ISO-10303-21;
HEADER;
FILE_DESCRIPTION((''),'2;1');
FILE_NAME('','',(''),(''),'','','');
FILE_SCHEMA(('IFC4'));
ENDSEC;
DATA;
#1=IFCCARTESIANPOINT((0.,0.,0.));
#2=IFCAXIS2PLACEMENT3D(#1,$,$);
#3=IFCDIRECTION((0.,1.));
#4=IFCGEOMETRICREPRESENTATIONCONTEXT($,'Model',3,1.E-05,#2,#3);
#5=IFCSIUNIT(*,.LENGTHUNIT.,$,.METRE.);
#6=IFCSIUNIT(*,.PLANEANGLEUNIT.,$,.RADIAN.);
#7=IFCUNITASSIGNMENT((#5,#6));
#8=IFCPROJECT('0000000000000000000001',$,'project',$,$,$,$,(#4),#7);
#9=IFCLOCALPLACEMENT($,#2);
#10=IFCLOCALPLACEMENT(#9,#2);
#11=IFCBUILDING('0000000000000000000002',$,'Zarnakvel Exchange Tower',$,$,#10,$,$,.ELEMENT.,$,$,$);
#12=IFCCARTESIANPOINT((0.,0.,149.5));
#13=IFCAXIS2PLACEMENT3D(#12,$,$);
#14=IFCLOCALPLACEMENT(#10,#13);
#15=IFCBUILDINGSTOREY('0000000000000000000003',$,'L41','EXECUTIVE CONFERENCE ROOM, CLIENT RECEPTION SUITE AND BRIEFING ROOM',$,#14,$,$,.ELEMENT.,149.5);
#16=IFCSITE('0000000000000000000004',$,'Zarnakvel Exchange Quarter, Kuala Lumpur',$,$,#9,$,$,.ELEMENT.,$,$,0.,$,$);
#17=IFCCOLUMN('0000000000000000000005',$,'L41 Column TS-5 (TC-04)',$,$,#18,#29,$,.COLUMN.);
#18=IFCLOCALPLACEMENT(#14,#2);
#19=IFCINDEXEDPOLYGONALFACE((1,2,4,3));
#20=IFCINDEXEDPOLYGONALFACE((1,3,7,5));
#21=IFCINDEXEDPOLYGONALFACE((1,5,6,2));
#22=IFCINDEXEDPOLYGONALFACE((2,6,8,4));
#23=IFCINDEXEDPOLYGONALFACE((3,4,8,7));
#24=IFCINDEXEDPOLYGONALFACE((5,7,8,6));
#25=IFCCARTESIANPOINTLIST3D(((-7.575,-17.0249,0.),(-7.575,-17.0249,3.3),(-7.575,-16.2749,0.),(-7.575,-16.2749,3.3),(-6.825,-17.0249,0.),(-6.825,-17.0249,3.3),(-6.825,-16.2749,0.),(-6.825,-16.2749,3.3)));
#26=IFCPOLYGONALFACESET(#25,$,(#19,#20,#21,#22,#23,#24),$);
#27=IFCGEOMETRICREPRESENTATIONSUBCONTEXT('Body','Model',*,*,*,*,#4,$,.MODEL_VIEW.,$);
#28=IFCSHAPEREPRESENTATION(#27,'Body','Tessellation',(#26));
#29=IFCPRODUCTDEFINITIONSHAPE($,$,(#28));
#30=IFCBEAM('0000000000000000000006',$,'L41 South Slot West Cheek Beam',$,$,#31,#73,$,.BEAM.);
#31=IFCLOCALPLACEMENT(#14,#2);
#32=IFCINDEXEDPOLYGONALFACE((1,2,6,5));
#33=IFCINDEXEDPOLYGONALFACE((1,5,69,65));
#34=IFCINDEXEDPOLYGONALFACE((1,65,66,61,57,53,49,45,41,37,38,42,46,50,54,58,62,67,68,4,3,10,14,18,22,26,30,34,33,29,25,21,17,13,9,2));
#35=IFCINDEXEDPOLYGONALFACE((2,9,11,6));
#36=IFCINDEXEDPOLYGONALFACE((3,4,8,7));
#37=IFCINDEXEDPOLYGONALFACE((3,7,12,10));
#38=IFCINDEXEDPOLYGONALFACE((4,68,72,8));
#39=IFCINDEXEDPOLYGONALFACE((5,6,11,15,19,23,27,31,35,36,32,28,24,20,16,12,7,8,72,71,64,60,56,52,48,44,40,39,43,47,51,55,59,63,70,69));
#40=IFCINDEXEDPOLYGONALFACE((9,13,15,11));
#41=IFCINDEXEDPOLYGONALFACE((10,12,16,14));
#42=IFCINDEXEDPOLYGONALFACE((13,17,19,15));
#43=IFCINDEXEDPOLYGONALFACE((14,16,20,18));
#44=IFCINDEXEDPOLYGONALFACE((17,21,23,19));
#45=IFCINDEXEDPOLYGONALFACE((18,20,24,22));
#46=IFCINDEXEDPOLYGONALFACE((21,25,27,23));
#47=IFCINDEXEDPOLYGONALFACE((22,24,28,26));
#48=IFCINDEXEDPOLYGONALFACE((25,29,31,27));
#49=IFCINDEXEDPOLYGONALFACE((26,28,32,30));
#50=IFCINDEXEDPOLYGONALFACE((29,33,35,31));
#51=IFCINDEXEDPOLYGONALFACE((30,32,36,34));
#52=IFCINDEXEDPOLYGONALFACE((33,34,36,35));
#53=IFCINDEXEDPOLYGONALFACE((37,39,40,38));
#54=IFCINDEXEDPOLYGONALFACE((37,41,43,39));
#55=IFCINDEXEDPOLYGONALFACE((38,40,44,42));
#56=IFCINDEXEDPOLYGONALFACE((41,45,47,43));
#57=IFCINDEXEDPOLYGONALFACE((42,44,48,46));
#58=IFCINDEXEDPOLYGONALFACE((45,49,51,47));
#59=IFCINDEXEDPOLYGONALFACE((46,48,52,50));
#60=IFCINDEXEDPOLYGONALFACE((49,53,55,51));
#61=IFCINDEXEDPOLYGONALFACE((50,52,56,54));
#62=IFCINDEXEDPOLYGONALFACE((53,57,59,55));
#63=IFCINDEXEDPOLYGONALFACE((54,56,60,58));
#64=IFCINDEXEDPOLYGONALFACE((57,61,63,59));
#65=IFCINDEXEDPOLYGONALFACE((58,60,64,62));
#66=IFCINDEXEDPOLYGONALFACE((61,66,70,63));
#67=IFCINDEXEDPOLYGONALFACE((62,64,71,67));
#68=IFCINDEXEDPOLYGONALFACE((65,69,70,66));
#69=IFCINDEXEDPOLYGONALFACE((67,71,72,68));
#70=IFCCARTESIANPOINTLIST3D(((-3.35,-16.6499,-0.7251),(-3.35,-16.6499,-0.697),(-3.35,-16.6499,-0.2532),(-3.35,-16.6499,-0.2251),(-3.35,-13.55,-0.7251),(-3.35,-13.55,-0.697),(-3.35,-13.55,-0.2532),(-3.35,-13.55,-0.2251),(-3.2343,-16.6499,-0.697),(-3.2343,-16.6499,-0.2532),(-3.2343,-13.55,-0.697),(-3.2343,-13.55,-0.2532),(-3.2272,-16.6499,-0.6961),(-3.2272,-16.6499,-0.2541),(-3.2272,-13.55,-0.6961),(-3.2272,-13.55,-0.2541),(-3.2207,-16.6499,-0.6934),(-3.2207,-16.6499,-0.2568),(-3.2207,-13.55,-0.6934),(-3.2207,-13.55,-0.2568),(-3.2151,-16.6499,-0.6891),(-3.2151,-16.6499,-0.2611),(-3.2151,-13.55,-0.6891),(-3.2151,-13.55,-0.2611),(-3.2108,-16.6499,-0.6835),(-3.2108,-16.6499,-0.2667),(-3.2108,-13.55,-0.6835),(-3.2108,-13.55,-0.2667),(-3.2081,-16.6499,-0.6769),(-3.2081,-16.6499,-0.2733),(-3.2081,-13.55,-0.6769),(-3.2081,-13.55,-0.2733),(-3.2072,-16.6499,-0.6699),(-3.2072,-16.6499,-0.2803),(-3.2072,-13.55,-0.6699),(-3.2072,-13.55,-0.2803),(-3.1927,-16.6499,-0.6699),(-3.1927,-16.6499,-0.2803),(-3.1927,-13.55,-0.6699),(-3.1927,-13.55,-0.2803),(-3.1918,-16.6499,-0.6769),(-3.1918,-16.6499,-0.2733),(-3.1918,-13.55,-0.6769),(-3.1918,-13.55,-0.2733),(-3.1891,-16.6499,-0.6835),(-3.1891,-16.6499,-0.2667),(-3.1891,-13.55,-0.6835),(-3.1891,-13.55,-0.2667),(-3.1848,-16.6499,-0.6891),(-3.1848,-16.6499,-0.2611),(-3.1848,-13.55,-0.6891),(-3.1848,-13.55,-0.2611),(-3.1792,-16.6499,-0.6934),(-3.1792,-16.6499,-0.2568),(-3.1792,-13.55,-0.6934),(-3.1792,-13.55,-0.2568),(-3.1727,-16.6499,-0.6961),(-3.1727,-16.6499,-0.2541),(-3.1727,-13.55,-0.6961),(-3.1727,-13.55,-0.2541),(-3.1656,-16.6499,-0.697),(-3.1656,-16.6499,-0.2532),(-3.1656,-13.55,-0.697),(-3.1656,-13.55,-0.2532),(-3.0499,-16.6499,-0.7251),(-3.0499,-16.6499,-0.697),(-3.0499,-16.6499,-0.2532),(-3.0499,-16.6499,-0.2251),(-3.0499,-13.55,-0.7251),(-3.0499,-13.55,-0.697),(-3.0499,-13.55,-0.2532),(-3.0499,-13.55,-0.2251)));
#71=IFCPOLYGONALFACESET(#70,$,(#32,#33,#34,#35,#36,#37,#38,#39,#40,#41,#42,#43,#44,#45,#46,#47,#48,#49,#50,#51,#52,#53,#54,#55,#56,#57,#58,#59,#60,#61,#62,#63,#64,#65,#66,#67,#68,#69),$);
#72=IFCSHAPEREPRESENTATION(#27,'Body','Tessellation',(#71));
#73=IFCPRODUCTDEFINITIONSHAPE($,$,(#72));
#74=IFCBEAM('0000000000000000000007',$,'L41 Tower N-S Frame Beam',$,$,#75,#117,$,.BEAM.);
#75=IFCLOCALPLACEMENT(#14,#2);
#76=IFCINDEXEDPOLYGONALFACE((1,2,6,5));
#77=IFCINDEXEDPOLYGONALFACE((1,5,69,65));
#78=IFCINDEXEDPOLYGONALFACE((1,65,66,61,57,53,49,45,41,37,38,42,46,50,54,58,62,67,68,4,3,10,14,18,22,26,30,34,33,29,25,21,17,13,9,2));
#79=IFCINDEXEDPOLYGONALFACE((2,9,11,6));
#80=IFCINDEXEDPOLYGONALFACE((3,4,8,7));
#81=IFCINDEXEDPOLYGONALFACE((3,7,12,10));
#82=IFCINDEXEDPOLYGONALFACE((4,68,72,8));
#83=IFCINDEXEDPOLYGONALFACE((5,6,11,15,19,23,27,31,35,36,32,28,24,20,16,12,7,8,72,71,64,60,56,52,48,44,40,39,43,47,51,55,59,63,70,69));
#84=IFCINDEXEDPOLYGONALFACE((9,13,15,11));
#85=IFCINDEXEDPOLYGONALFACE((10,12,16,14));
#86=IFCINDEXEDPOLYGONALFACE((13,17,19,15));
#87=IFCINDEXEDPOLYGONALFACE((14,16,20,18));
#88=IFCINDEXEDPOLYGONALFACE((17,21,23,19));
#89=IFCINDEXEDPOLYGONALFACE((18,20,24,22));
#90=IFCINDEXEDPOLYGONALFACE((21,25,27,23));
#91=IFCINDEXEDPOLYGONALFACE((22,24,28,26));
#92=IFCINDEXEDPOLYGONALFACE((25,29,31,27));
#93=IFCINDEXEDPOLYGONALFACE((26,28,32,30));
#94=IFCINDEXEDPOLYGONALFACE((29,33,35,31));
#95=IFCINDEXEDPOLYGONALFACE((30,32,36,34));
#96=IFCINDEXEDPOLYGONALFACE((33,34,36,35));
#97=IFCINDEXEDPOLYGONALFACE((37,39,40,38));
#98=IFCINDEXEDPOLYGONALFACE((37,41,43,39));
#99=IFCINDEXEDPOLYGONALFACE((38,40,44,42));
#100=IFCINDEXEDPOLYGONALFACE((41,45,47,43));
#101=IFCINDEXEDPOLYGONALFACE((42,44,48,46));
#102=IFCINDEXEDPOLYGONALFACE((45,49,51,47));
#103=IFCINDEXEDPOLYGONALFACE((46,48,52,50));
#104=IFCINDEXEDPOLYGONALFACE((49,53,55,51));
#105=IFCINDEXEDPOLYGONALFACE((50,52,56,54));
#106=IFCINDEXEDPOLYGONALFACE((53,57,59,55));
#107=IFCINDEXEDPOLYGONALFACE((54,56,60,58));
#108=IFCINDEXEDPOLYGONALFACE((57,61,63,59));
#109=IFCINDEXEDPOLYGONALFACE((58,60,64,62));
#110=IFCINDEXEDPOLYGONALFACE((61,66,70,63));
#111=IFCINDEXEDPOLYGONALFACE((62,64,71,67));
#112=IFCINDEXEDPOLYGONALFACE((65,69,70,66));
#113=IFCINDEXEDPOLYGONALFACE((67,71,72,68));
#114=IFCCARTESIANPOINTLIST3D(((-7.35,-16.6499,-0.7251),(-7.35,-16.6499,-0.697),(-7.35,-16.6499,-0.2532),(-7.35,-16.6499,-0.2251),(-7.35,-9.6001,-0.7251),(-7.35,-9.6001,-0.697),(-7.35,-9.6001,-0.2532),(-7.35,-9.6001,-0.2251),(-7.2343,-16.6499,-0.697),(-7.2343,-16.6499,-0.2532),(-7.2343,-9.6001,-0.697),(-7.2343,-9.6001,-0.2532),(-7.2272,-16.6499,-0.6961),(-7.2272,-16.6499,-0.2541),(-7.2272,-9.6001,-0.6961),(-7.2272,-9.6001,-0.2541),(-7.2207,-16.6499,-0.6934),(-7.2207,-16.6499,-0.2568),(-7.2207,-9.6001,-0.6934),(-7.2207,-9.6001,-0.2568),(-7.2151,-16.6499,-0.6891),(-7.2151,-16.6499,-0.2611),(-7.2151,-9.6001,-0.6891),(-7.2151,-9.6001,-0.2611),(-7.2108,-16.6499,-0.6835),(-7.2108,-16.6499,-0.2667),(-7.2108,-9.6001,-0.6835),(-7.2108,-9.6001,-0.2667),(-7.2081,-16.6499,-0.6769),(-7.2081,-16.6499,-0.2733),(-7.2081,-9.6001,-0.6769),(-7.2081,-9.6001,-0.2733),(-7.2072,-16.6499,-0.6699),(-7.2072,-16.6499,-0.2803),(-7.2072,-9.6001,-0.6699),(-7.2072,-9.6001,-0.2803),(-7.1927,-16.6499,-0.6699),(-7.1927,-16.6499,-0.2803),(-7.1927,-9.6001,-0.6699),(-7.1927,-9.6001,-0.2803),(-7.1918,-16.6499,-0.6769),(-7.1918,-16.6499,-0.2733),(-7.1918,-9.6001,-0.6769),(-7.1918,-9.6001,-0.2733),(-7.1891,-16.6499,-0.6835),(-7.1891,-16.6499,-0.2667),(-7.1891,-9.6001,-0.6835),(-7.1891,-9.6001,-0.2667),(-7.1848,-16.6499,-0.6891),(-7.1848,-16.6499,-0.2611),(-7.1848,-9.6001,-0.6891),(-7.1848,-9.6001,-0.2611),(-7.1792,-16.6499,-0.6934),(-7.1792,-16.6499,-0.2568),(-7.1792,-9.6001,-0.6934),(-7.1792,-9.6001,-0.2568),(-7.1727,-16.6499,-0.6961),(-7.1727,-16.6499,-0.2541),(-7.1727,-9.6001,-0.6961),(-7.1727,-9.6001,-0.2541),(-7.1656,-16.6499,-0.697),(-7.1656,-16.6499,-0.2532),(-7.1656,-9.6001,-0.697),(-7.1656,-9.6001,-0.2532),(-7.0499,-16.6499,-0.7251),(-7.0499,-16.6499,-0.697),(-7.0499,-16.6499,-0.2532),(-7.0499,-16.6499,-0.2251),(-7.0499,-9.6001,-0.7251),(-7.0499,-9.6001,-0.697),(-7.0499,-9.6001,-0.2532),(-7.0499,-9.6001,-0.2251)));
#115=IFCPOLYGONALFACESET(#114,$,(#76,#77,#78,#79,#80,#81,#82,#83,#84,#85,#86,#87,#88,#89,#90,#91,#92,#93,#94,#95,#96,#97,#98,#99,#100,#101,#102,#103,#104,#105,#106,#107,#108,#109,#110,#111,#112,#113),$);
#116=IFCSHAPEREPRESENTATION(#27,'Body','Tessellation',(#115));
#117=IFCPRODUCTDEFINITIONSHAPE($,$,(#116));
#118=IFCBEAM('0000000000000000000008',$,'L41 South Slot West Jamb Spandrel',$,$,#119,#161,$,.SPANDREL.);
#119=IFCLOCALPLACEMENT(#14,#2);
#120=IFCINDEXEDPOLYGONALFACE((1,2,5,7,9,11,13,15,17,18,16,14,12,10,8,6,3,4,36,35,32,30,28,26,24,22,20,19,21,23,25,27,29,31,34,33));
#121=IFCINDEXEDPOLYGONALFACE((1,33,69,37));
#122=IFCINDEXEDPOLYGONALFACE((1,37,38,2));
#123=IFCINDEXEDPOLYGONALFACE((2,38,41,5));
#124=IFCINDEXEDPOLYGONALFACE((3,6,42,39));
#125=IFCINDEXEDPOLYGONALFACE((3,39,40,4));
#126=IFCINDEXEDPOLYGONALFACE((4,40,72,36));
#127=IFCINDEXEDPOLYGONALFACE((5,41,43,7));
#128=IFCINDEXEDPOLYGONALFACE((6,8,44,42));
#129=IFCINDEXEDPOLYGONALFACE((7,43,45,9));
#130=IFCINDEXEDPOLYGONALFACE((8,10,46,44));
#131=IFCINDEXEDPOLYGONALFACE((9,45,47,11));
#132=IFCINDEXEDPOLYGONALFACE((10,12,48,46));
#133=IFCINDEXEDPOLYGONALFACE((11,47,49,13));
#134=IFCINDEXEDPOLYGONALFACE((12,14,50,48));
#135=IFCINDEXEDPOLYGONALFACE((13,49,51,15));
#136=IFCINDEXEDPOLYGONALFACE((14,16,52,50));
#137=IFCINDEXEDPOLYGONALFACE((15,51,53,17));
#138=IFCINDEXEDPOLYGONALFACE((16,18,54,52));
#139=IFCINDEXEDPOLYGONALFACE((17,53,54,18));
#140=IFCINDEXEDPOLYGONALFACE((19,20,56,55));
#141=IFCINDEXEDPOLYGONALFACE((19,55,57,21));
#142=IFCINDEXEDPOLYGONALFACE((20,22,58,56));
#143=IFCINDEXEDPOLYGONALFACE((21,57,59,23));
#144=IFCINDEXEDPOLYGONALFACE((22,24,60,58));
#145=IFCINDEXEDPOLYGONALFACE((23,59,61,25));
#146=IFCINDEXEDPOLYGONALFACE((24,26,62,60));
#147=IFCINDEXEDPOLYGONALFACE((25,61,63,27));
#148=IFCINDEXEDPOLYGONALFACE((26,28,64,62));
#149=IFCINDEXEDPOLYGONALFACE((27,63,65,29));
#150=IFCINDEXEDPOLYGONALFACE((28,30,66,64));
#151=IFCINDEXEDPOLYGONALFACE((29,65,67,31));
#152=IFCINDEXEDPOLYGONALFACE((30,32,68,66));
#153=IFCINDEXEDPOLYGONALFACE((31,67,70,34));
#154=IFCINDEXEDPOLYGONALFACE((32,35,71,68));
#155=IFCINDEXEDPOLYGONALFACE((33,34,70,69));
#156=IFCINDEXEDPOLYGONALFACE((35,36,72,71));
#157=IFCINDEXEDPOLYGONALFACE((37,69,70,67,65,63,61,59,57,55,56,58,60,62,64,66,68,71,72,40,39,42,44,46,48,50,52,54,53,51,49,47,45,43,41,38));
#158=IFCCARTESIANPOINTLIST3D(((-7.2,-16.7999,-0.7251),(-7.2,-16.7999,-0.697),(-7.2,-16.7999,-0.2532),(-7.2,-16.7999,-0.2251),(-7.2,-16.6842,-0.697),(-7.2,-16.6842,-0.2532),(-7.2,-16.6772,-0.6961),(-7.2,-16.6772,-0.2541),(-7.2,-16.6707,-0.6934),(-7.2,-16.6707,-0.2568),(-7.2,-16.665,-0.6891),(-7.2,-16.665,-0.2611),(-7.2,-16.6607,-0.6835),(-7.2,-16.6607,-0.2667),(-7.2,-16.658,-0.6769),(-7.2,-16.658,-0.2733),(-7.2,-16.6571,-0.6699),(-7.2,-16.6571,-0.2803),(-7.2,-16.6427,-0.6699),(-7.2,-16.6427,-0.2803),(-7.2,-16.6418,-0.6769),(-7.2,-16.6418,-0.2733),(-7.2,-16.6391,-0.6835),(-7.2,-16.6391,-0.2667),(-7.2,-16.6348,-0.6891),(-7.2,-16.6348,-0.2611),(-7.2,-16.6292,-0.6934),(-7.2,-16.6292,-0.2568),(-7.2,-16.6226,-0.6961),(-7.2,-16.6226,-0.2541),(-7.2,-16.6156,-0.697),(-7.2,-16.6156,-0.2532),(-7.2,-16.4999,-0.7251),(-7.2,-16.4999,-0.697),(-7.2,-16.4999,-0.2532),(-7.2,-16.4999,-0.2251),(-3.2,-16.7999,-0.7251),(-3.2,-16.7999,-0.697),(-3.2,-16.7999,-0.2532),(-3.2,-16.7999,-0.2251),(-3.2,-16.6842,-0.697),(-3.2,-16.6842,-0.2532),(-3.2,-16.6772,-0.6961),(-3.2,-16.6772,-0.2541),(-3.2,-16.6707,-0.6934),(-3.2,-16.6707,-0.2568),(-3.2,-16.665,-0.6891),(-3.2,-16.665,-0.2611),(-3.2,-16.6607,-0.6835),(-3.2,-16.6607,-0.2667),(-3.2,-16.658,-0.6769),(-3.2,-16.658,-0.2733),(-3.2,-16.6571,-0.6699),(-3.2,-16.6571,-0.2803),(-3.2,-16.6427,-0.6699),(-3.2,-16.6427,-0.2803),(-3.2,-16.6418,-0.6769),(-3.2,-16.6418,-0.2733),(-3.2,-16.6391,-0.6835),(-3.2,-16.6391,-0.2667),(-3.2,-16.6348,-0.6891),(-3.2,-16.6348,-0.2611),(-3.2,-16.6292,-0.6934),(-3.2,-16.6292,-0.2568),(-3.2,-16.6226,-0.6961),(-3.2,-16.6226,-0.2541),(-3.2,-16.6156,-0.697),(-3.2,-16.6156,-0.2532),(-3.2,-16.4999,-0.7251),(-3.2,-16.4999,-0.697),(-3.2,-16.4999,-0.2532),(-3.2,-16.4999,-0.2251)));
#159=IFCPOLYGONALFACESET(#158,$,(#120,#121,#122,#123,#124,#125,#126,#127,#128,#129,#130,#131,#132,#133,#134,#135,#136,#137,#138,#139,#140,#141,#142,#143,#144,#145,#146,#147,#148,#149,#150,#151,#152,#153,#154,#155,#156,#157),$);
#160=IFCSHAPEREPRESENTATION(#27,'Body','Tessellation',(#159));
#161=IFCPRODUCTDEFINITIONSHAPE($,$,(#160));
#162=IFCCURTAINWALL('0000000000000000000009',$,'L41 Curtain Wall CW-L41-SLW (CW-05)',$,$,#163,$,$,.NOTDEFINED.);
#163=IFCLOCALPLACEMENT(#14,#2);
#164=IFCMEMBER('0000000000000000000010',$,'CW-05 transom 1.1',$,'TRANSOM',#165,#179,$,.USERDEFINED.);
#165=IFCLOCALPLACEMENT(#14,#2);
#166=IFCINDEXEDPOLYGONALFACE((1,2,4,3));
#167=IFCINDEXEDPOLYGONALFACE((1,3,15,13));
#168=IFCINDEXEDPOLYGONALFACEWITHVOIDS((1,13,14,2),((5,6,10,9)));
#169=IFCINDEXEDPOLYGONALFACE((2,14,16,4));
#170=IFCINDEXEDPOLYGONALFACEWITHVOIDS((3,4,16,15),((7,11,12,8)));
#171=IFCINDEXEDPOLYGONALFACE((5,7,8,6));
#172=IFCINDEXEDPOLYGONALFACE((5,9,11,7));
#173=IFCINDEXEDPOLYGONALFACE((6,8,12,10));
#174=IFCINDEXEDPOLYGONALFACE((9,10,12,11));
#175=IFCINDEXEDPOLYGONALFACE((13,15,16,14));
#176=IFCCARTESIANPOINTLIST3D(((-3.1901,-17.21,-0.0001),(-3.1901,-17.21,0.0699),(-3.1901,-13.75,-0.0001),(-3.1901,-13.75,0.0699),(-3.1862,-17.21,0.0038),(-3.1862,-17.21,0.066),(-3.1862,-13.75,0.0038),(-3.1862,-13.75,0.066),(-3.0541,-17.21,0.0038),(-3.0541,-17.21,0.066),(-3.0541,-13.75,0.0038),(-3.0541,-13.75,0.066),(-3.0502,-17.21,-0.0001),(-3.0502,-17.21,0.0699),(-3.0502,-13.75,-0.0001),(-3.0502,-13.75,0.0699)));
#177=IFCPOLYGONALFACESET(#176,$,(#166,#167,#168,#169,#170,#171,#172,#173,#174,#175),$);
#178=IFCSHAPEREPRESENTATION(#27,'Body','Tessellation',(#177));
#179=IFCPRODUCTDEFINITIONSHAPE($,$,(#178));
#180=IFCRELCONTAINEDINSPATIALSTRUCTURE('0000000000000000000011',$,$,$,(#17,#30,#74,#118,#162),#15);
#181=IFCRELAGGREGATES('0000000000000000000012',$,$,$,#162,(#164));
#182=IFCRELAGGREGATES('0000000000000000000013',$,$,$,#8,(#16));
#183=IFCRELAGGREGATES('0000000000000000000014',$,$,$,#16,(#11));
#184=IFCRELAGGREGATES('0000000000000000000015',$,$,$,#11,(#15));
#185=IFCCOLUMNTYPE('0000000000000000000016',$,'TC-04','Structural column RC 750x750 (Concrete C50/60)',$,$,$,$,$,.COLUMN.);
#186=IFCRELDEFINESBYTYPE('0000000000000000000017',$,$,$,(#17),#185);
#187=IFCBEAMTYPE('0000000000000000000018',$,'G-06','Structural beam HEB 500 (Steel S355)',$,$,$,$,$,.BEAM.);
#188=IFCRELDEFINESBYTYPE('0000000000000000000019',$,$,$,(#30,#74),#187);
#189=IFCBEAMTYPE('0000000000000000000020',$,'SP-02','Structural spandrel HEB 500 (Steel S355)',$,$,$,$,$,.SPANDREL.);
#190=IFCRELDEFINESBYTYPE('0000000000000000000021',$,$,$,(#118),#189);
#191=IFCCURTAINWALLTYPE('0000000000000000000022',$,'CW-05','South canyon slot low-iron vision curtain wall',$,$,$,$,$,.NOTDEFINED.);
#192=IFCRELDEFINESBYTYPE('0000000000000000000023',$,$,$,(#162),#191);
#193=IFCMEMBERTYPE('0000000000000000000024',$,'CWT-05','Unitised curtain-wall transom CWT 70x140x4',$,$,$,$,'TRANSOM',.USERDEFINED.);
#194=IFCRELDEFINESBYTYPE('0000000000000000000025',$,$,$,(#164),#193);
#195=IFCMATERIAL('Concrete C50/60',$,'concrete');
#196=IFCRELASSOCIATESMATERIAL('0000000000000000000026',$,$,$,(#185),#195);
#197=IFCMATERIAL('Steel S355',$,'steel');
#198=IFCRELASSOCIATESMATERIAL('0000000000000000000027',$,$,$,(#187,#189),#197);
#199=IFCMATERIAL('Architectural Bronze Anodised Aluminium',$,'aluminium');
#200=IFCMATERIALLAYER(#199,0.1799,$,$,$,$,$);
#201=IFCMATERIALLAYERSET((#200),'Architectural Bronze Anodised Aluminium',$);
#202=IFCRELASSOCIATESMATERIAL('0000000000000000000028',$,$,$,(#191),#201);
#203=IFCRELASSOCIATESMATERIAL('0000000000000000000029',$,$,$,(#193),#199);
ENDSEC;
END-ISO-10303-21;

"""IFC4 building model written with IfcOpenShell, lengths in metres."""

from ifc_helpers import new_model, si_unit, direction, frame, origin, origin_2d, place, context, subcontext, project, spatial, rectangle, hollow_rectangle, i_section, extrude, source, transform, mapped, material, layer, layer_set, material_profile, profile_set, type_object, element, aggregate, save


model = new_model("IFC4")

# Units and contexts
model_context = context("Model", 3, precision=1e-05, world=origin(), true_north=direction((0.0, 1.0)))
body_context = subcontext(model_context, "Body", "Model", "MODEL_VIEW")
ifc_project = project(units=[si_unit("LENGTHUNIT", "METRE"), si_unit("PLANEANGLEUNIT", "RADIAN")], contexts=[model_context])

# Site, building, storey
site_placement = place(None, origin())
site = spatial("IfcSite", under=ifc_project, at=site_placement, Name="Zarnakvel Exchange Quarter, Kuala Lumpur", CompositionType="ELEMENT", RefElevation=0.0)
building_placement = place(site_placement, origin())
building = spatial("IfcBuilding", under=site, at=building_placement, Name="Zarnakvel Exchange Tower", CompositionType="ELEMENT")
storey_placement = place(building_placement, frame((0.0, 0.0, 149.5)))
storey = spatial("IfcBuildingStorey", under=building, at=storey_placement, Name="L41", Description="EXECUTIVE CONFERENCE ROOM, CLIENT RECEPTION SUITE AND BRIEFING ROOM", CompositionType="ELEMENT", Elevation=149.5)

# Column
ifc_material_1 = material(Name="Concrete C50/60", Category="concrete")
ifc_material_profile_1 = material_profile(ifc_material_1, rectangle(XDim=0.75, YDim=0.75, at=origin_2d()))
ifc_profile_set_1 = profile_set([ifc_material_profile_1], Name="Concrete C50/60")
column_type = type_object("IfcColumnType", Name="TC-04", Description="Structural column RC 750x750 (Concrete C50/60)", PredefinedType="COLUMN", material=ifc_profile_set_1)
column_placement = place(storey_placement, frame((-7.2, -16.6499, 0.0), z_axis=(0.0, 0.0, 1.0), x_axis=(1.0, 0.0, 0.0)))
element("IfcColumn", 1, at=column_placement, inside=storey, type_object=column_type, Name="L41 Column TS-5 (TC-04)", PredefinedType="COLUMN", context=body_context, shape_type="SweptSolid", body=[
    extrude(rectangle(XDim=0.75, YDim=0.75, at=origin_2d()), origin(), (0.0, 0.0, 1.0), 3.3),
])

# Beams
ifc_material_2 = material(Name="Steel S355", Category="steel")
ifc_material_profile_2 = material_profile(ifc_material_2, i_section(OverallWidth=0.3, OverallDepth=0.5, WebThickness=0.0144, FlangeThickness=0.0281, FilletRadius=0.0271, at=origin_2d()))
ifc_profile_set_2 = profile_set([ifc_material_profile_2], Name="Steel S355")
beam_type_1 = type_object("IfcBeamType", Name="G-06", Description="Structural beam HEB 500 (Steel S355)", PredefinedType="BEAM", material=ifc_profile_set_2)
beam_1_placement = place(storey_placement, frame((-3.2, -16.6499, -0.4751), z_axis=(0.0, 1.0, 0.0), x_axis=(-1.0, 0.0, 0.0)))
element("IfcBeam", 2, at=beam_1_placement, inside=storey, type_object=beam_type_1, Name="L41 South Slot West Cheek Beam", PredefinedType="BEAM", context=body_context, shape_type="SweptSolid", body=[
    extrude(i_section(OverallWidth=0.3, OverallDepth=0.5, WebThickness=0.0144, FlangeThickness=0.0281, FilletRadius=0.0271, at=origin_2d()), origin(), (0.0, 0.0, 1.0), 3.0999),
])
beam_2_placement = place(storey_placement, frame((-7.2, -16.6499, -0.4751), z_axis=(0.0, 1.0, 0.0), x_axis=(-1.0, 0.0, 0.0)))
element("IfcBeam", 3, at=beam_2_placement, inside=storey, type_object=beam_type_1, Name="L41 Tower N-S Frame Beam", PredefinedType="BEAM", context=body_context, shape_type="SweptSolid", body=[
    extrude(i_section(OverallWidth=0.3, OverallDepth=0.5, WebThickness=0.0144, FlangeThickness=0.0281, FilletRadius=0.0271, at=origin_2d()), origin(), (0.0, 0.0, 1.0), 7.0498),
])
ifc_material_profile_3 = material_profile(ifc_material_2, i_section(OverallWidth=0.3, OverallDepth=0.5, WebThickness=0.0144, FlangeThickness=0.0281, FilletRadius=0.0271, at=origin_2d()))
ifc_profile_set_3 = profile_set([ifc_material_profile_3], Name="Steel S355")
beam_type_2 = type_object("IfcBeamType", Name="SP-02", Description="Structural spandrel HEB 500 (Steel S355)", PredefinedType="SPANDREL", material=ifc_profile_set_3)
beam_3_placement = place(storey_placement, frame((-7.2, -16.6499, -0.4751), z_axis=(1.0, 0.0, 0.0), x_axis=(0.0, 1.0, 0.0)))
element("IfcBeam", 4, at=beam_3_placement, inside=storey, type_object=beam_type_2, Name="L41 South Slot West Jamb Spandrel", PredefinedType="SPANDREL", context=body_context, shape_type="SweptSolid", body=[
    extrude(i_section(OverallWidth=0.3, OverallDepth=0.5, WebThickness=0.0144, FlangeThickness=0.0281, FilletRadius=0.0271, at=origin_2d()), origin(), (0.0, 0.0, 1.0), 4.0),
])

# Curtain wall, member
ifc_material_3 = material(Name="Architectural Bronze Anodised Aluminium", Category="aluminium")
ifc_layer_1 = layer(ifc_material_3, 0.1799)
ifc_layer_set_1 = layer_set([ifc_layer_1], Name="Architectural Bronze Anodised Aluminium")
curtain_wall_type = type_object("IfcCurtainWallType", Name="CW-05", Description="South canyon slot low-iron vision curtain wall", PredefinedType="NOTDEFINED", material=ifc_layer_set_1)
curtain_wall_placement = place(storey_placement, origin())
curtain_wall = element("IfcCurtainWall", 5, at=curtain_wall_placement, inside=storey, type_object=curtain_wall_type, Name="L41 Curtain Wall CW-L41-SLW (CW-05)", PredefinedType="NOTDEFINED")
ifc_material_profile_4 = material_profile(ifc_material_3, hollow_rectangle(XDim=0.1399, YDim=0.0701, WallThickness=0.0039, at=origin_2d()))
ifc_profile_set_4 = profile_set([ifc_material_profile_4], Name="Architectural Bronze Anodised Aluminium")
member_type_1 = type_object("IfcMemberType", Name="CWT-05", Description="Unitised curtain-wall transom CWT 70x140x4", ElementType="TRANSOM", PredefinedType="USERDEFINED", material=ifc_profile_set_4)
shared_shape_1 = source(origin(), body_context, "Body", "SweptSolid", [
    extrude(hollow_rectangle(XDim=0.1399, YDim=0.0701, WallThickness=0.0039, at=origin_2d()), origin(), (0.0, 0.0, 1.0), 3.46),
])
member_1_placement = place(storey_placement, frame((-3.1201, -17.21, 0.0349), z_axis=(0.0, 1.0, 0.0), x_axis=(-1.0, 0.0, 0.0)))
member_1 = element("IfcMember", 6, at=member_1_placement, type_object=member_type_1, Name="CW-05 transom 1.1", ObjectType="TRANSOM", PredefinedType="USERDEFINED", context=body_context, shape_type="MappedRepresentation", body=[
    mapped(shared_shape_1, transform((0.0, 0.0, 0.0), x_axis=(1.0, 0.0, 0.0), y_axis=(0.0, 1.0, 0.0), z_axis=(0.0, 0.0, 1.0), scale=1.0)),
])
aggregate(curtain_wall, [member_1])

save(model, "model.ifc")
